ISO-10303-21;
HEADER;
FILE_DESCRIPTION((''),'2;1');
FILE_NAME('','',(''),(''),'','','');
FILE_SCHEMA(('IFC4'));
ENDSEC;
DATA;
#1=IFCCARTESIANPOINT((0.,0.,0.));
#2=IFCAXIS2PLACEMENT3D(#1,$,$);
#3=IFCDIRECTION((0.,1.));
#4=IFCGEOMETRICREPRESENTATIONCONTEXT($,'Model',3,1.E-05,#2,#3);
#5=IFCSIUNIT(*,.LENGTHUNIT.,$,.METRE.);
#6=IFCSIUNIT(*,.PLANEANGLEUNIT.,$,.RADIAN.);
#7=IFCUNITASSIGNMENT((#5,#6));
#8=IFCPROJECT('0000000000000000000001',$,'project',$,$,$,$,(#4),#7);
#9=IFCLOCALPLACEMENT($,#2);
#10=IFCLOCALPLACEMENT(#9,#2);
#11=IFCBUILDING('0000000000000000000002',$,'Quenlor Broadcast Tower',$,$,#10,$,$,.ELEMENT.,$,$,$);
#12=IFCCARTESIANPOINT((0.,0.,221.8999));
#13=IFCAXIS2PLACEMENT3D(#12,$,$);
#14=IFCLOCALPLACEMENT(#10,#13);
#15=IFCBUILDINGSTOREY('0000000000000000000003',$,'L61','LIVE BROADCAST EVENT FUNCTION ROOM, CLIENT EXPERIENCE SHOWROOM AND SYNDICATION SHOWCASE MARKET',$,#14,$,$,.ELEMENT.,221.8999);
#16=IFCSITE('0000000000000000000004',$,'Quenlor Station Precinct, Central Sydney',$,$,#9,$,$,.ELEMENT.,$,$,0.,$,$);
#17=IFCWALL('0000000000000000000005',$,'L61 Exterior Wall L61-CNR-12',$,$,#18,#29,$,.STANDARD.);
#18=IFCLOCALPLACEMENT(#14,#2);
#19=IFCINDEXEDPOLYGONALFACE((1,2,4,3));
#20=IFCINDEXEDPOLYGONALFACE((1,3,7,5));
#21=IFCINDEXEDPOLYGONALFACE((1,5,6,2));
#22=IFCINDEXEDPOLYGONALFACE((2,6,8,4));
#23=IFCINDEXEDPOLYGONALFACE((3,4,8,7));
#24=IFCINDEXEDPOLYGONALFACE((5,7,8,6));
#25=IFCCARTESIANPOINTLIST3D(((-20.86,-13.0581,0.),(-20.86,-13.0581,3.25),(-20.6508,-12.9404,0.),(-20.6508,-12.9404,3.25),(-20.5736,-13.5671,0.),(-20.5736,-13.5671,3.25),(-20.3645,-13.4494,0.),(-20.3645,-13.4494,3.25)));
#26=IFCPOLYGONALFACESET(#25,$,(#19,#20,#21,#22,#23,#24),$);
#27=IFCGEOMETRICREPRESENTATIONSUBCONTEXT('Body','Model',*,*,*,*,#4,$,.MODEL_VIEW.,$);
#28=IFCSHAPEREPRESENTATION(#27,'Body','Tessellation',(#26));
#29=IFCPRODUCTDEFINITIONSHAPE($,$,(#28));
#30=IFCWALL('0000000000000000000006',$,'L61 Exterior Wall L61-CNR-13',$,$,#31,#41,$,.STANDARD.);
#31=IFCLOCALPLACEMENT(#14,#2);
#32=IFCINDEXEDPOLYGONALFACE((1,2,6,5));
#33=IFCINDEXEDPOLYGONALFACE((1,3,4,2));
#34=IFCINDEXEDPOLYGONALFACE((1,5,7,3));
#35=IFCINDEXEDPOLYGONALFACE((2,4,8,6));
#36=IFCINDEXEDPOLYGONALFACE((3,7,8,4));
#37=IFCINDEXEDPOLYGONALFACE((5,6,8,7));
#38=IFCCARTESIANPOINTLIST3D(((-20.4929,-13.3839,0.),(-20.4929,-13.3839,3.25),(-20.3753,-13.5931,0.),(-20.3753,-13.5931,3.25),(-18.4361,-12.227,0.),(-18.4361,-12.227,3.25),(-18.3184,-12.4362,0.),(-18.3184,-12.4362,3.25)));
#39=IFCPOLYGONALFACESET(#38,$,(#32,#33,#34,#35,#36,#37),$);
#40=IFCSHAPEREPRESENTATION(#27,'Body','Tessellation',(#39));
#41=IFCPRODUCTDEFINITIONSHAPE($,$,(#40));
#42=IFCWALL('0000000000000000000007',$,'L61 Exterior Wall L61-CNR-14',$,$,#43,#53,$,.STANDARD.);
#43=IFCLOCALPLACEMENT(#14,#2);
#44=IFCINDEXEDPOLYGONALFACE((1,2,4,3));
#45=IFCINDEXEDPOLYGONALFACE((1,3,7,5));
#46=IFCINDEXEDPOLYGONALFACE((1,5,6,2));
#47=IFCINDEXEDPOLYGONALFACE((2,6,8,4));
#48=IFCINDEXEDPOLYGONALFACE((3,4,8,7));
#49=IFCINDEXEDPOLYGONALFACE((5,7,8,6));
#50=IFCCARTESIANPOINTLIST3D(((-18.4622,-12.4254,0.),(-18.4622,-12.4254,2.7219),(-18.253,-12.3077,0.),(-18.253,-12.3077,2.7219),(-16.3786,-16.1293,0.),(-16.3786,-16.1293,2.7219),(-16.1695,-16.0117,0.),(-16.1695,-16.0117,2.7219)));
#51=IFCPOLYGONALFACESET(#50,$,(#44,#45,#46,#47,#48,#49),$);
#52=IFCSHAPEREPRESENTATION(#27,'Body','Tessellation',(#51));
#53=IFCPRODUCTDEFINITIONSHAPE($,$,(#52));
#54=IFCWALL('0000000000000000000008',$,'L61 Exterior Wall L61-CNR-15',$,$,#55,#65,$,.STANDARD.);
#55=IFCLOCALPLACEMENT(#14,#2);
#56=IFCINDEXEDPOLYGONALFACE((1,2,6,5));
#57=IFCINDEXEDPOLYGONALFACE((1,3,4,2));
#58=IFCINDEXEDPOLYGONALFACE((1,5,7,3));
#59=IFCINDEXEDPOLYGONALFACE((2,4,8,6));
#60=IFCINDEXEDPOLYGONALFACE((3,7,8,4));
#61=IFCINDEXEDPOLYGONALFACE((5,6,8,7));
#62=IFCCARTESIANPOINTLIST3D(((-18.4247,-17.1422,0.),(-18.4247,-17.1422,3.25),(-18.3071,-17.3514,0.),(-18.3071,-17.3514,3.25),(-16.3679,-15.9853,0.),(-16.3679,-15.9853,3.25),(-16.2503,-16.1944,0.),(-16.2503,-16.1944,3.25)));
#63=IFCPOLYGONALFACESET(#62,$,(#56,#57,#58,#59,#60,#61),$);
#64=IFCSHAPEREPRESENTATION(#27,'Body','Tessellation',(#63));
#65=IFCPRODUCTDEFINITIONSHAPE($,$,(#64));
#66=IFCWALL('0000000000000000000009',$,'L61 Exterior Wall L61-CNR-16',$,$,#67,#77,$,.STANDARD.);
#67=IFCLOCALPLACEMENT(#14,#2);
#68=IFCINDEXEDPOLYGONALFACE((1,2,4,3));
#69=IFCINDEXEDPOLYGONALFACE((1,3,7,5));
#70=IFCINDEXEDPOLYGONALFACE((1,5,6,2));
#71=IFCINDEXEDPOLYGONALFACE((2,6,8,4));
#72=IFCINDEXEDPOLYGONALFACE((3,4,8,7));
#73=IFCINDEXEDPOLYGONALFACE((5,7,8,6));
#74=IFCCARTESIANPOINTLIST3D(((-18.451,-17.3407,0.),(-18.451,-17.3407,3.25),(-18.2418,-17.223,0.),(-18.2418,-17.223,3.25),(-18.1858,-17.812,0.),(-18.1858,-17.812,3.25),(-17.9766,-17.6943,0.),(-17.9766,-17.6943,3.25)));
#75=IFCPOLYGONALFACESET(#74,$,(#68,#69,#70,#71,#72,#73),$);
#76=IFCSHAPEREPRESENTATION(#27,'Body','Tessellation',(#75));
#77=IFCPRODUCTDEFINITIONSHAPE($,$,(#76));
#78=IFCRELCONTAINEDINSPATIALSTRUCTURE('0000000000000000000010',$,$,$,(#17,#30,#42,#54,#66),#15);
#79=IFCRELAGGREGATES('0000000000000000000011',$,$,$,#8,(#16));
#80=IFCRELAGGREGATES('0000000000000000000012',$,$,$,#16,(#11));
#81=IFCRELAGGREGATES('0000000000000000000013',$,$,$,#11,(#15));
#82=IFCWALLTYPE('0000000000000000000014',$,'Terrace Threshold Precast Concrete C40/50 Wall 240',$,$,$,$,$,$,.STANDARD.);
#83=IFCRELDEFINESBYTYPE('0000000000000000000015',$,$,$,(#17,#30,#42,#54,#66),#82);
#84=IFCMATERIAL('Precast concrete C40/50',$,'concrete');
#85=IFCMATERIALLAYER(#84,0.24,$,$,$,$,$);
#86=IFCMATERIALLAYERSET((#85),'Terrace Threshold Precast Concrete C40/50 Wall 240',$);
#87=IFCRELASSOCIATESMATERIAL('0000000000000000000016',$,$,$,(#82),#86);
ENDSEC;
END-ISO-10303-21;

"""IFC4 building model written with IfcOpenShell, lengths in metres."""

from ifc_helpers import new_model, si_unit, direction, frame, frame_2d, origin, place, context, subcontext, project, spatial, rectangle, extrude, material, layer, layer_set, type_object, element, save


model = new_model("IFC4")

# Units and contexts
model_context = context("Model", 3, precision=1e-05, world=origin(), true_north=direction((0.0, 1.0)))
body_context = subcontext(model_context, "Body", "Model", "MODEL_VIEW")
ifc_project = project(units=[si_unit("LENGTHUNIT", "METRE"), si_unit("PLANEANGLEUNIT", "RADIAN")], contexts=[model_context])

# Site, building, storey
site_placement = place(None, origin())
site = spatial("IfcSite", under=ifc_project, at=site_placement, Name="Quenlor Station Precinct, Central Sydney", CompositionType="ELEMENT", RefElevation=0.0)
building_placement = place(site_placement, origin())
building = spatial("IfcBuilding", under=site, at=building_placement, Name="Quenlor Broadcast Tower", CompositionType="ELEMENT")
storey_placement = place(building_placement, frame((0.0, 0.0, 221.8999)))
storey = spatial("IfcBuildingStorey", under=building, at=storey_placement, Name="L61", Description="LIVE BROADCAST EVENT FUNCTION ROOM, CLIENT EXPERIENCE SHOWROOM AND SYNDICATION SHOWCASE MARKET", CompositionType="ELEMENT", Elevation=221.8999)

# Walls
ifc_material_1 = material(Name="Precast concrete C40/50", Category="concrete")
ifc_layer_1 = layer(ifc_material_1, 0.24)
ifc_layer_set_1 = layer_set([ifc_layer_1], Name="Terrace Threshold Precast Concrete C40/50 Wall 240")
wall_type_1 = type_object("IfcWallType", Name="Terrace Threshold Precast Concrete C40/50 Wall 240", PredefinedType="STANDARD", material=ifc_layer_set_1)
wall_1_placement = place(storey_placement, frame((-20.7554, -12.9993, 0.0), z_axis=(0.0, 0.0, 1.0), x_axis=(0.490321, -0.871542, 0.0)))
element("IfcWall", 1, at=wall_1_placement, inside=storey, type_object=wall_type_1, Name="L61 Exterior Wall L61-CNR-12", PredefinedType="STANDARD", context=body_context, shape_type="SweptSolid", body=[
    extrude(rectangle(XDim=0.584, YDim=0.24, at=frame_2d((0.292, 0.0))), origin(), (0.0, 0.0, 1.0), 3.25),
])
wall_2_placement = place(storey_placement, frame((-20.4341, -13.4885, 0.0), z_axis=(0.0, 0.0, 1.0), x_axis=(0.871578, 0.490256, 0.0)))
element("IfcWall", 2, at=wall_2_placement, inside=storey, type_object=wall_type_1, Name="L61 Exterior Wall L61-CNR-13", PredefinedType="STANDARD", context=body_context, shape_type="SweptSolid", body=[
    extrude(rectangle(XDim=2.3599, YDim=0.24, at=frame_2d((1.1799, 0.0))), origin(), (0.0, 0.0, 1.0), 3.25),
])
wall_3_placement = place(storey_placement, frame((-18.3577, -12.3665, 0.0), z_axis=(0.0, 0.0, 1.0), x_axis=(0.490275, -0.871568, 0.0)))
element("IfcWall", 3, at=wall_3_placement, inside=storey, type_object=wall_type_1, Name="L61 Exterior Wall L61-CNR-14", PredefinedType="STANDARD", context=body_context, shape_type="SweptSolid", body=[
    extrude(rectangle(XDim=4.2498, YDim=0.24, at=frame_2d((2.125, 0.0))), origin(), (0.0, 0.0, 1.0), 2.7219),
])
wall_4_placement = place(storey_placement, frame((-16.3091, -16.0898, 0.0), z_axis=(0.0, 0.0, 1.0), x_axis=(-0.871578, -0.490256, 0.0)))
element("IfcWall", 4, at=wall_4_placement, inside=storey, type_object=wall_type_1, Name="L61 Exterior Wall L61-CNR-15", PredefinedType="STANDARD", context=body_context, shape_type="SweptSolid", body=[
    extrude(rectangle(XDim=2.3599, YDim=0.24, at=frame_2d((1.1799, 0.0))), origin(), (0.0, 0.0, 1.0), 3.25),
])
wall_5_placement = place(storey_placement, frame((-18.3464, -17.2817, 0.0), z_axis=(0.0, 0.0, 1.0), x_axis=(0.49039, -0.871503, 0.0)))
element("IfcWall", 5, at=wall_5_placement, inside=storey, type_object=wall_type_1, Name="L61 Exterior Wall L61-CNR-16", PredefinedType="STANDARD", context=body_context, shape_type="SweptSolid", body=[
    extrude(rectangle(XDim=0.5408, YDim=0.24, at=frame_2d((0.2705, 0.0))), origin(), (0.0, 0.0, 1.0), 3.25),
])

save(model, "model.ifc")
